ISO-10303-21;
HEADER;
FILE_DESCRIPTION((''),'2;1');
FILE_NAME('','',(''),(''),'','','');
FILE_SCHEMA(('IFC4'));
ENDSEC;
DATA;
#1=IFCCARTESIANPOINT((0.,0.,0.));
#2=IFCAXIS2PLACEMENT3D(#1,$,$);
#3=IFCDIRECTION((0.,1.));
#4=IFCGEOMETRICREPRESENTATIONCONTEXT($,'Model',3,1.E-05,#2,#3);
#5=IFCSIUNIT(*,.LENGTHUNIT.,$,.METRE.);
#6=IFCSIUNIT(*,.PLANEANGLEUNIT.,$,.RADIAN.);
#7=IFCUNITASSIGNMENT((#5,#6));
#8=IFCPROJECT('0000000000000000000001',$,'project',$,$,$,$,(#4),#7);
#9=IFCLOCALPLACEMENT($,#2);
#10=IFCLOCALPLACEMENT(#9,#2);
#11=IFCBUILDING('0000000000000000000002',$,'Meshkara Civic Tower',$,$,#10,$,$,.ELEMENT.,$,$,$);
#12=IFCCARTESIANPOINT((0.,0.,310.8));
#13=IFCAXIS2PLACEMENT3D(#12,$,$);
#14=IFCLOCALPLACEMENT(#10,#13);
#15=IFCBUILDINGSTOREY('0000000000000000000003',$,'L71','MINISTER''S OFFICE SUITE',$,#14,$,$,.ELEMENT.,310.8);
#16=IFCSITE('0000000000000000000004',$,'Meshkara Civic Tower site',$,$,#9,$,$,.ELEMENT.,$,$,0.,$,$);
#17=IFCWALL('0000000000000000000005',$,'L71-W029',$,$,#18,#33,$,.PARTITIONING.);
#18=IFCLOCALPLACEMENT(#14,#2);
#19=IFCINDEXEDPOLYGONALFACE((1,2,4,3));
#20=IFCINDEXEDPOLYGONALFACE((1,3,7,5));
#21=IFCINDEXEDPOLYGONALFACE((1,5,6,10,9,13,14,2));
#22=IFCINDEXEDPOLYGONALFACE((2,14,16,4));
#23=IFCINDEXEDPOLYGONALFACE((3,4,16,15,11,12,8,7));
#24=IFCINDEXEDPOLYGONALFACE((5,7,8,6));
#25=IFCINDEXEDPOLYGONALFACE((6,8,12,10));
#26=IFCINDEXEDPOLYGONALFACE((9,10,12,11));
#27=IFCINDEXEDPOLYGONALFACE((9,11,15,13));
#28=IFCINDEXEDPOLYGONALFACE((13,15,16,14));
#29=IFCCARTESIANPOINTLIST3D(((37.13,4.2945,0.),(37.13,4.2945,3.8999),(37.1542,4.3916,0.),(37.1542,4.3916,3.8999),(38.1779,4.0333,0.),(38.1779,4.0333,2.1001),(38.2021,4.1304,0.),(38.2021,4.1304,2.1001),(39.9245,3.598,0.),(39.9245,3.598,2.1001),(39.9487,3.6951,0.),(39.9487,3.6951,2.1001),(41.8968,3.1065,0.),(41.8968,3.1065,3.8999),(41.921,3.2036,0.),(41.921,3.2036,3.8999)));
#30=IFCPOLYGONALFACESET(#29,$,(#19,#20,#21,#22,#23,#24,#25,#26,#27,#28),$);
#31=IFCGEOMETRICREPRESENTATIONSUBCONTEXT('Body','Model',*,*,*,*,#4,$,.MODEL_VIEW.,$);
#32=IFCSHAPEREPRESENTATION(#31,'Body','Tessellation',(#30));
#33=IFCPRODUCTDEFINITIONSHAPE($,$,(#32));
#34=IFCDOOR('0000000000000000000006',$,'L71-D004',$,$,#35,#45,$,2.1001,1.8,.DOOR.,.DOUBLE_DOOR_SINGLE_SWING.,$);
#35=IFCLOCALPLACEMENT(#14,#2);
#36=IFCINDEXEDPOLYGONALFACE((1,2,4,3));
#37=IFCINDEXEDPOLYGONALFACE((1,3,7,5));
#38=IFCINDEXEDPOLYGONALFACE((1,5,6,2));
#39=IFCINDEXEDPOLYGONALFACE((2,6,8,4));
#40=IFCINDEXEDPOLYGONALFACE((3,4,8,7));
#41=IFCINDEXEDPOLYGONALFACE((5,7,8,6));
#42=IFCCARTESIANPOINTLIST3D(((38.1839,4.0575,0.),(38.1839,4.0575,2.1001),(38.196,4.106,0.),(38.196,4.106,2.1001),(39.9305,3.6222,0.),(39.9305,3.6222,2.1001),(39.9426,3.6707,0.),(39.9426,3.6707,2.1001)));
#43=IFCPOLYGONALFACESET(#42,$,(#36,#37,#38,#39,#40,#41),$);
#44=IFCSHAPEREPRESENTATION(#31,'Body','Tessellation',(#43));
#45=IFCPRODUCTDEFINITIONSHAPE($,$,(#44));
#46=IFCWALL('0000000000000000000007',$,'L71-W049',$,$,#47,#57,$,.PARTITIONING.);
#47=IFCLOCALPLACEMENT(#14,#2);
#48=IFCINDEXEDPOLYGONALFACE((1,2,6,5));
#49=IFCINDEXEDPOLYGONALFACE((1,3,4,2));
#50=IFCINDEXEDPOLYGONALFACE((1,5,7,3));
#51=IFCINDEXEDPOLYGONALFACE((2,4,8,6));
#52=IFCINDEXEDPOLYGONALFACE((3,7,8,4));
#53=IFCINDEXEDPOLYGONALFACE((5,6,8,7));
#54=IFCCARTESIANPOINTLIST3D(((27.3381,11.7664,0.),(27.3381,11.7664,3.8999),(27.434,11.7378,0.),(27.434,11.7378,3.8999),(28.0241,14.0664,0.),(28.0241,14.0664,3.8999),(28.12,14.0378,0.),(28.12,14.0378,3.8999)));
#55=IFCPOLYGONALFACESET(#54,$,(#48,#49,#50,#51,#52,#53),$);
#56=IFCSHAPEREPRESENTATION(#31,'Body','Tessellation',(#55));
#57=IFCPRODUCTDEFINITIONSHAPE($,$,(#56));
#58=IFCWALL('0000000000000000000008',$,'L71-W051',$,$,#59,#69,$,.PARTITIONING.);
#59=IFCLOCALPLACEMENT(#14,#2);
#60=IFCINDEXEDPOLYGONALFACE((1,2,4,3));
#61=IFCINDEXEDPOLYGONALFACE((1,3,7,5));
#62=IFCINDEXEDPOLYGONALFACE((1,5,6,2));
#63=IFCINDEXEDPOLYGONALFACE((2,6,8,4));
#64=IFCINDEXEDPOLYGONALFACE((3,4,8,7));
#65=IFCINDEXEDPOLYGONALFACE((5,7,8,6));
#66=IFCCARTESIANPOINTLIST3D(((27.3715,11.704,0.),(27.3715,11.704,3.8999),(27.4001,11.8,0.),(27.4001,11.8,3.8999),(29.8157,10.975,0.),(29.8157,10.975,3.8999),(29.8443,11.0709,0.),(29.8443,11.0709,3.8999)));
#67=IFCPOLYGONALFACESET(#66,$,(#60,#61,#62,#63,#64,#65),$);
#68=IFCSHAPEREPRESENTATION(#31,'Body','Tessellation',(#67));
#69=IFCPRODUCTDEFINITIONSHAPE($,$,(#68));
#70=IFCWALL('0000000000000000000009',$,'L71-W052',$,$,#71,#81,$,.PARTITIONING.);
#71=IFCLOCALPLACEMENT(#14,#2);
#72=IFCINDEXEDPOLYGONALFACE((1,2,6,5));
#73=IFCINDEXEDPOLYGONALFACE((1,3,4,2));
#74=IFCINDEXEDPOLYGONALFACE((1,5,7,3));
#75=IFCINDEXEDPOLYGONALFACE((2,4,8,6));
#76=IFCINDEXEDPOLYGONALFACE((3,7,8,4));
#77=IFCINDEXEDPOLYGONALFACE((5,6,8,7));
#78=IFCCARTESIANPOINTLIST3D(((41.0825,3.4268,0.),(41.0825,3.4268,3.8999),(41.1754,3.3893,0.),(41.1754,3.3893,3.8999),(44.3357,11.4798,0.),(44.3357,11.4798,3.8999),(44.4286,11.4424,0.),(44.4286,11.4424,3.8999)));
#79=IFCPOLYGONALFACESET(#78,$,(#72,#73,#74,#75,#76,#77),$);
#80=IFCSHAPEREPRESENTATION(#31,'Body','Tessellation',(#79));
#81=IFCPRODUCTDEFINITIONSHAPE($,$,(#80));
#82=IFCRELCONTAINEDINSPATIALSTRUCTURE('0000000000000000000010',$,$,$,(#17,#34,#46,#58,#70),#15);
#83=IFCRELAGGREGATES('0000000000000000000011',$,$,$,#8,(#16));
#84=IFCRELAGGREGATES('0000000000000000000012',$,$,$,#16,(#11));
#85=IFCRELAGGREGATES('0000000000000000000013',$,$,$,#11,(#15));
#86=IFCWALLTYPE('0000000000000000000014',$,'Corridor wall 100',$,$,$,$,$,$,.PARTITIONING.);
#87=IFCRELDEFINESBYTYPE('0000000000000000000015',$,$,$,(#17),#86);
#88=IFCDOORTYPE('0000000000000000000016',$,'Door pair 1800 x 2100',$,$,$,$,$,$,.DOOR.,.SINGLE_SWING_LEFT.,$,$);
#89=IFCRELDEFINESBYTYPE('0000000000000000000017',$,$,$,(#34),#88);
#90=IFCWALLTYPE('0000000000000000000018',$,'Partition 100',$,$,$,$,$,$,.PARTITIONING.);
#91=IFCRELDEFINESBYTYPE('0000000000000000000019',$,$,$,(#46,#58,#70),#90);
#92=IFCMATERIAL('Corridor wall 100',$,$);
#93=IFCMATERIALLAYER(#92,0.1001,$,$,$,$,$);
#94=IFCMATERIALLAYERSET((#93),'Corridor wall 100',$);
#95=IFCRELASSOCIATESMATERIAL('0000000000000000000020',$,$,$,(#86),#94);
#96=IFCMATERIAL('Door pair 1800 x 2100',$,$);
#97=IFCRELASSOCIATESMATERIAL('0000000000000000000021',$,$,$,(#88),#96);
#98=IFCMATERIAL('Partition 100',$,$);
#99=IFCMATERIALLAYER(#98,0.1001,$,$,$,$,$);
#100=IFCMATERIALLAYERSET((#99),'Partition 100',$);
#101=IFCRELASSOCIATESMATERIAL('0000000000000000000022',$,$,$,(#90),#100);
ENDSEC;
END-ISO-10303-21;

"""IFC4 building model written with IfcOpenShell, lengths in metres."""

from ifc_helpers import new_model, si_unit, direction, frame, frame_2d, origin, place, context, subcontext, project, spatial, rectangle, extrude, material, layer, layer_set, type_object, element, fill, save


model = new_model("IFC4")

# Units and contexts
model_context = context("Model", 3, precision=1e-05, world=origin(), true_north=direction((0.0, 1.0)))
body_context = subcontext(model_context, "Body", "Model", "MODEL_VIEW")
ifc_project = project(units=[si_unit("LENGTHUNIT", "METRE"), si_unit("PLANEANGLEUNIT", "RADIAN")], contexts=[model_context])

# Site, building, storey
site_placement = place(None, origin())
site = spatial("IfcSite", under=ifc_project, at=site_placement, Name="Meshkara Civic Tower site", CompositionType="ELEMENT", RefElevation=0.0)
building_placement = place(site_placement, origin())
building = spatial("IfcBuilding", under=site, at=building_placement, Name="Meshkara Civic Tower", CompositionType="ELEMENT")
storey_placement = place(building_placement, frame((0.0, 0.0, 310.8)))
storey = spatial("IfcBuildingStorey", under=building, at=storey_placement, Name="L71", Description="MINISTER'S OFFICE SUITE", CompositionType="ELEMENT", Elevation=310.8)

# Shared definitions
ifc_material_1 = material(Name="Corridor wall 100")
ifc_layer_1 = layer(ifc_material_1, 0.1001)
ifc_layer_set_1 = layer_set([ifc_layer_1], Name="Corridor wall 100")
wall_type_1 = type_object("IfcWallType", Name="Corridor wall 100", PredefinedType="PARTITIONING", material=ifc_layer_set_1)

# Wall, opening, door
wall_1_placement = place(storey_placement, frame((37.1421, 4.343, 0.0), z_axis=(0.0, 0.0, 1.0), x_axis=(0.970321, -0.241822, 0.0)))
wall_1 = element("IfcWall", 1, at=wall_1_placement, inside=storey, type_object=wall_type_1, Name="L71-W029", PredefinedType="PARTITIONING", context=body_context, shape_type="SweptSolid", body=[
    extrude(rectangle(XDim=4.9126, YDim=0.1001, at=frame_2d((2.4563, 0.0))), origin(), (0.0, 0.0, 1.0), 3.8999),
])
opening_1_placement = place(wall_1_placement, frame((1.0801, 0.0, 0.0)))
opening_1 = element("IfcOpeningElement", 2, at=opening_1_placement, cuts=wall_1, PredefinedType="OPENING", context=body_context, shape_type="SweptSolid", body=[
    extrude(rectangle(XDim=1.8, YDim=2.1001, at=frame_2d((0.8999, 1.05))), frame((0.0, 0.0601, 0.0), z_axis=(0.0, -1.0, 0.0), x_axis=(1.0, 0.0, 0.0)), (0.0, 0.0, 1.0), 0.1201),
])
ifc_material_2 = material(Name="Door pair 1800 x 2100")
door_type_1 = type_object("IfcDoorType", Name="Door pair 1800 x 2100", OperationType="SINGLE_SWING_LEFT", PredefinedType="DOOR", material=ifc_material_2)
door_1_placement = place(opening_1_placement, origin())
door_1 = element("IfcDoor", 3, at=door_1_placement, inside=storey, type_object=door_type_1, Name="L71-D004", OperationType="DOUBLE_DOOR_SINGLE_SWING", OverallHeight=2.1001, OverallWidth=1.8, PredefinedType="DOOR", context=body_context, shape_type="SweptSolid", body=[
    extrude(rectangle(XDim=1.8, YDim=2.1001, at=frame_2d((0.8999, 1.05))), frame((0.0, 0.0249, 0.0), z_axis=(0.0, -1.0, 0.0), x_axis=(1.0, 0.0, 0.0)), (0.0, 0.0, 1.0), 0.05),
])
fill(opening_1, door_1)

# Walls
ifc_material_3 = material(Name="Partition 100")
ifc_layer_2 = layer(ifc_material_3, 0.1001)
ifc_layer_set_2 = layer_set([ifc_layer_2], Name="Partition 100")
wall_type_2 = type_object("IfcWallType", Name="Partition 100", PredefinedType="PARTITIONING", material=ifc_layer_set_2)
wall_2_placement = place(storey_placement, frame((27.386, 11.752, 0.0), z_axis=(0.0, 0.0, 1.0), x_axis=(0.285826, 0.958281, 0.0)))
element("IfcWall", 4, at=wall_2_placement, inside=storey, type_object=wall_type_2, Name="L71-W049", PredefinedType="PARTITIONING", context=body_context, shape_type="SweptSolid", body=[
    extrude(rectangle(XDim=2.4001, YDim=0.1001, at=frame_2d((1.2002, 0.0))), origin(), (0.0, 0.0, 1.0), 3.8999),
])
wall_3_placement = place(storey_placement, frame((29.8301, 11.0229, 0.0), z_axis=(0.0, 0.0, 1.0), x_axis=(-0.958281, 0.285828, 0.0)))
element("IfcWall", 5, at=wall_3_placement, inside=storey, type_object=wall_type_2, Name="L71-W051", PredefinedType="PARTITIONING", context=body_context, shape_type="SweptSolid", body=[
    extrude(rectangle(XDim=2.5505, YDim=0.1001, at=frame_2d((1.2754, 0.0))), origin(), (0.0, 0.0, 1.0), 3.8999),
])
wall_4_placement = place(storey_placement, frame((41.1289, 3.408, 0.0), z_axis=(0.0, 0.0, 1.0), x_axis=(0.374563, 0.927201, 0.0)))
element("IfcWall", 6, at=wall_4_placement, inside=storey, type_object=wall_type_2, Name="L71-W052", PredefinedType="PARTITIONING", context=body_context, shape_type="SweptSolid", body=[
    extrude(rectangle(XDim=8.6853, YDim=0.1001, at=frame_2d((4.3428, 0.0))), origin(), (0.0, 0.0, 1.0), 3.8999),
])

save(model, "model.ifc")
